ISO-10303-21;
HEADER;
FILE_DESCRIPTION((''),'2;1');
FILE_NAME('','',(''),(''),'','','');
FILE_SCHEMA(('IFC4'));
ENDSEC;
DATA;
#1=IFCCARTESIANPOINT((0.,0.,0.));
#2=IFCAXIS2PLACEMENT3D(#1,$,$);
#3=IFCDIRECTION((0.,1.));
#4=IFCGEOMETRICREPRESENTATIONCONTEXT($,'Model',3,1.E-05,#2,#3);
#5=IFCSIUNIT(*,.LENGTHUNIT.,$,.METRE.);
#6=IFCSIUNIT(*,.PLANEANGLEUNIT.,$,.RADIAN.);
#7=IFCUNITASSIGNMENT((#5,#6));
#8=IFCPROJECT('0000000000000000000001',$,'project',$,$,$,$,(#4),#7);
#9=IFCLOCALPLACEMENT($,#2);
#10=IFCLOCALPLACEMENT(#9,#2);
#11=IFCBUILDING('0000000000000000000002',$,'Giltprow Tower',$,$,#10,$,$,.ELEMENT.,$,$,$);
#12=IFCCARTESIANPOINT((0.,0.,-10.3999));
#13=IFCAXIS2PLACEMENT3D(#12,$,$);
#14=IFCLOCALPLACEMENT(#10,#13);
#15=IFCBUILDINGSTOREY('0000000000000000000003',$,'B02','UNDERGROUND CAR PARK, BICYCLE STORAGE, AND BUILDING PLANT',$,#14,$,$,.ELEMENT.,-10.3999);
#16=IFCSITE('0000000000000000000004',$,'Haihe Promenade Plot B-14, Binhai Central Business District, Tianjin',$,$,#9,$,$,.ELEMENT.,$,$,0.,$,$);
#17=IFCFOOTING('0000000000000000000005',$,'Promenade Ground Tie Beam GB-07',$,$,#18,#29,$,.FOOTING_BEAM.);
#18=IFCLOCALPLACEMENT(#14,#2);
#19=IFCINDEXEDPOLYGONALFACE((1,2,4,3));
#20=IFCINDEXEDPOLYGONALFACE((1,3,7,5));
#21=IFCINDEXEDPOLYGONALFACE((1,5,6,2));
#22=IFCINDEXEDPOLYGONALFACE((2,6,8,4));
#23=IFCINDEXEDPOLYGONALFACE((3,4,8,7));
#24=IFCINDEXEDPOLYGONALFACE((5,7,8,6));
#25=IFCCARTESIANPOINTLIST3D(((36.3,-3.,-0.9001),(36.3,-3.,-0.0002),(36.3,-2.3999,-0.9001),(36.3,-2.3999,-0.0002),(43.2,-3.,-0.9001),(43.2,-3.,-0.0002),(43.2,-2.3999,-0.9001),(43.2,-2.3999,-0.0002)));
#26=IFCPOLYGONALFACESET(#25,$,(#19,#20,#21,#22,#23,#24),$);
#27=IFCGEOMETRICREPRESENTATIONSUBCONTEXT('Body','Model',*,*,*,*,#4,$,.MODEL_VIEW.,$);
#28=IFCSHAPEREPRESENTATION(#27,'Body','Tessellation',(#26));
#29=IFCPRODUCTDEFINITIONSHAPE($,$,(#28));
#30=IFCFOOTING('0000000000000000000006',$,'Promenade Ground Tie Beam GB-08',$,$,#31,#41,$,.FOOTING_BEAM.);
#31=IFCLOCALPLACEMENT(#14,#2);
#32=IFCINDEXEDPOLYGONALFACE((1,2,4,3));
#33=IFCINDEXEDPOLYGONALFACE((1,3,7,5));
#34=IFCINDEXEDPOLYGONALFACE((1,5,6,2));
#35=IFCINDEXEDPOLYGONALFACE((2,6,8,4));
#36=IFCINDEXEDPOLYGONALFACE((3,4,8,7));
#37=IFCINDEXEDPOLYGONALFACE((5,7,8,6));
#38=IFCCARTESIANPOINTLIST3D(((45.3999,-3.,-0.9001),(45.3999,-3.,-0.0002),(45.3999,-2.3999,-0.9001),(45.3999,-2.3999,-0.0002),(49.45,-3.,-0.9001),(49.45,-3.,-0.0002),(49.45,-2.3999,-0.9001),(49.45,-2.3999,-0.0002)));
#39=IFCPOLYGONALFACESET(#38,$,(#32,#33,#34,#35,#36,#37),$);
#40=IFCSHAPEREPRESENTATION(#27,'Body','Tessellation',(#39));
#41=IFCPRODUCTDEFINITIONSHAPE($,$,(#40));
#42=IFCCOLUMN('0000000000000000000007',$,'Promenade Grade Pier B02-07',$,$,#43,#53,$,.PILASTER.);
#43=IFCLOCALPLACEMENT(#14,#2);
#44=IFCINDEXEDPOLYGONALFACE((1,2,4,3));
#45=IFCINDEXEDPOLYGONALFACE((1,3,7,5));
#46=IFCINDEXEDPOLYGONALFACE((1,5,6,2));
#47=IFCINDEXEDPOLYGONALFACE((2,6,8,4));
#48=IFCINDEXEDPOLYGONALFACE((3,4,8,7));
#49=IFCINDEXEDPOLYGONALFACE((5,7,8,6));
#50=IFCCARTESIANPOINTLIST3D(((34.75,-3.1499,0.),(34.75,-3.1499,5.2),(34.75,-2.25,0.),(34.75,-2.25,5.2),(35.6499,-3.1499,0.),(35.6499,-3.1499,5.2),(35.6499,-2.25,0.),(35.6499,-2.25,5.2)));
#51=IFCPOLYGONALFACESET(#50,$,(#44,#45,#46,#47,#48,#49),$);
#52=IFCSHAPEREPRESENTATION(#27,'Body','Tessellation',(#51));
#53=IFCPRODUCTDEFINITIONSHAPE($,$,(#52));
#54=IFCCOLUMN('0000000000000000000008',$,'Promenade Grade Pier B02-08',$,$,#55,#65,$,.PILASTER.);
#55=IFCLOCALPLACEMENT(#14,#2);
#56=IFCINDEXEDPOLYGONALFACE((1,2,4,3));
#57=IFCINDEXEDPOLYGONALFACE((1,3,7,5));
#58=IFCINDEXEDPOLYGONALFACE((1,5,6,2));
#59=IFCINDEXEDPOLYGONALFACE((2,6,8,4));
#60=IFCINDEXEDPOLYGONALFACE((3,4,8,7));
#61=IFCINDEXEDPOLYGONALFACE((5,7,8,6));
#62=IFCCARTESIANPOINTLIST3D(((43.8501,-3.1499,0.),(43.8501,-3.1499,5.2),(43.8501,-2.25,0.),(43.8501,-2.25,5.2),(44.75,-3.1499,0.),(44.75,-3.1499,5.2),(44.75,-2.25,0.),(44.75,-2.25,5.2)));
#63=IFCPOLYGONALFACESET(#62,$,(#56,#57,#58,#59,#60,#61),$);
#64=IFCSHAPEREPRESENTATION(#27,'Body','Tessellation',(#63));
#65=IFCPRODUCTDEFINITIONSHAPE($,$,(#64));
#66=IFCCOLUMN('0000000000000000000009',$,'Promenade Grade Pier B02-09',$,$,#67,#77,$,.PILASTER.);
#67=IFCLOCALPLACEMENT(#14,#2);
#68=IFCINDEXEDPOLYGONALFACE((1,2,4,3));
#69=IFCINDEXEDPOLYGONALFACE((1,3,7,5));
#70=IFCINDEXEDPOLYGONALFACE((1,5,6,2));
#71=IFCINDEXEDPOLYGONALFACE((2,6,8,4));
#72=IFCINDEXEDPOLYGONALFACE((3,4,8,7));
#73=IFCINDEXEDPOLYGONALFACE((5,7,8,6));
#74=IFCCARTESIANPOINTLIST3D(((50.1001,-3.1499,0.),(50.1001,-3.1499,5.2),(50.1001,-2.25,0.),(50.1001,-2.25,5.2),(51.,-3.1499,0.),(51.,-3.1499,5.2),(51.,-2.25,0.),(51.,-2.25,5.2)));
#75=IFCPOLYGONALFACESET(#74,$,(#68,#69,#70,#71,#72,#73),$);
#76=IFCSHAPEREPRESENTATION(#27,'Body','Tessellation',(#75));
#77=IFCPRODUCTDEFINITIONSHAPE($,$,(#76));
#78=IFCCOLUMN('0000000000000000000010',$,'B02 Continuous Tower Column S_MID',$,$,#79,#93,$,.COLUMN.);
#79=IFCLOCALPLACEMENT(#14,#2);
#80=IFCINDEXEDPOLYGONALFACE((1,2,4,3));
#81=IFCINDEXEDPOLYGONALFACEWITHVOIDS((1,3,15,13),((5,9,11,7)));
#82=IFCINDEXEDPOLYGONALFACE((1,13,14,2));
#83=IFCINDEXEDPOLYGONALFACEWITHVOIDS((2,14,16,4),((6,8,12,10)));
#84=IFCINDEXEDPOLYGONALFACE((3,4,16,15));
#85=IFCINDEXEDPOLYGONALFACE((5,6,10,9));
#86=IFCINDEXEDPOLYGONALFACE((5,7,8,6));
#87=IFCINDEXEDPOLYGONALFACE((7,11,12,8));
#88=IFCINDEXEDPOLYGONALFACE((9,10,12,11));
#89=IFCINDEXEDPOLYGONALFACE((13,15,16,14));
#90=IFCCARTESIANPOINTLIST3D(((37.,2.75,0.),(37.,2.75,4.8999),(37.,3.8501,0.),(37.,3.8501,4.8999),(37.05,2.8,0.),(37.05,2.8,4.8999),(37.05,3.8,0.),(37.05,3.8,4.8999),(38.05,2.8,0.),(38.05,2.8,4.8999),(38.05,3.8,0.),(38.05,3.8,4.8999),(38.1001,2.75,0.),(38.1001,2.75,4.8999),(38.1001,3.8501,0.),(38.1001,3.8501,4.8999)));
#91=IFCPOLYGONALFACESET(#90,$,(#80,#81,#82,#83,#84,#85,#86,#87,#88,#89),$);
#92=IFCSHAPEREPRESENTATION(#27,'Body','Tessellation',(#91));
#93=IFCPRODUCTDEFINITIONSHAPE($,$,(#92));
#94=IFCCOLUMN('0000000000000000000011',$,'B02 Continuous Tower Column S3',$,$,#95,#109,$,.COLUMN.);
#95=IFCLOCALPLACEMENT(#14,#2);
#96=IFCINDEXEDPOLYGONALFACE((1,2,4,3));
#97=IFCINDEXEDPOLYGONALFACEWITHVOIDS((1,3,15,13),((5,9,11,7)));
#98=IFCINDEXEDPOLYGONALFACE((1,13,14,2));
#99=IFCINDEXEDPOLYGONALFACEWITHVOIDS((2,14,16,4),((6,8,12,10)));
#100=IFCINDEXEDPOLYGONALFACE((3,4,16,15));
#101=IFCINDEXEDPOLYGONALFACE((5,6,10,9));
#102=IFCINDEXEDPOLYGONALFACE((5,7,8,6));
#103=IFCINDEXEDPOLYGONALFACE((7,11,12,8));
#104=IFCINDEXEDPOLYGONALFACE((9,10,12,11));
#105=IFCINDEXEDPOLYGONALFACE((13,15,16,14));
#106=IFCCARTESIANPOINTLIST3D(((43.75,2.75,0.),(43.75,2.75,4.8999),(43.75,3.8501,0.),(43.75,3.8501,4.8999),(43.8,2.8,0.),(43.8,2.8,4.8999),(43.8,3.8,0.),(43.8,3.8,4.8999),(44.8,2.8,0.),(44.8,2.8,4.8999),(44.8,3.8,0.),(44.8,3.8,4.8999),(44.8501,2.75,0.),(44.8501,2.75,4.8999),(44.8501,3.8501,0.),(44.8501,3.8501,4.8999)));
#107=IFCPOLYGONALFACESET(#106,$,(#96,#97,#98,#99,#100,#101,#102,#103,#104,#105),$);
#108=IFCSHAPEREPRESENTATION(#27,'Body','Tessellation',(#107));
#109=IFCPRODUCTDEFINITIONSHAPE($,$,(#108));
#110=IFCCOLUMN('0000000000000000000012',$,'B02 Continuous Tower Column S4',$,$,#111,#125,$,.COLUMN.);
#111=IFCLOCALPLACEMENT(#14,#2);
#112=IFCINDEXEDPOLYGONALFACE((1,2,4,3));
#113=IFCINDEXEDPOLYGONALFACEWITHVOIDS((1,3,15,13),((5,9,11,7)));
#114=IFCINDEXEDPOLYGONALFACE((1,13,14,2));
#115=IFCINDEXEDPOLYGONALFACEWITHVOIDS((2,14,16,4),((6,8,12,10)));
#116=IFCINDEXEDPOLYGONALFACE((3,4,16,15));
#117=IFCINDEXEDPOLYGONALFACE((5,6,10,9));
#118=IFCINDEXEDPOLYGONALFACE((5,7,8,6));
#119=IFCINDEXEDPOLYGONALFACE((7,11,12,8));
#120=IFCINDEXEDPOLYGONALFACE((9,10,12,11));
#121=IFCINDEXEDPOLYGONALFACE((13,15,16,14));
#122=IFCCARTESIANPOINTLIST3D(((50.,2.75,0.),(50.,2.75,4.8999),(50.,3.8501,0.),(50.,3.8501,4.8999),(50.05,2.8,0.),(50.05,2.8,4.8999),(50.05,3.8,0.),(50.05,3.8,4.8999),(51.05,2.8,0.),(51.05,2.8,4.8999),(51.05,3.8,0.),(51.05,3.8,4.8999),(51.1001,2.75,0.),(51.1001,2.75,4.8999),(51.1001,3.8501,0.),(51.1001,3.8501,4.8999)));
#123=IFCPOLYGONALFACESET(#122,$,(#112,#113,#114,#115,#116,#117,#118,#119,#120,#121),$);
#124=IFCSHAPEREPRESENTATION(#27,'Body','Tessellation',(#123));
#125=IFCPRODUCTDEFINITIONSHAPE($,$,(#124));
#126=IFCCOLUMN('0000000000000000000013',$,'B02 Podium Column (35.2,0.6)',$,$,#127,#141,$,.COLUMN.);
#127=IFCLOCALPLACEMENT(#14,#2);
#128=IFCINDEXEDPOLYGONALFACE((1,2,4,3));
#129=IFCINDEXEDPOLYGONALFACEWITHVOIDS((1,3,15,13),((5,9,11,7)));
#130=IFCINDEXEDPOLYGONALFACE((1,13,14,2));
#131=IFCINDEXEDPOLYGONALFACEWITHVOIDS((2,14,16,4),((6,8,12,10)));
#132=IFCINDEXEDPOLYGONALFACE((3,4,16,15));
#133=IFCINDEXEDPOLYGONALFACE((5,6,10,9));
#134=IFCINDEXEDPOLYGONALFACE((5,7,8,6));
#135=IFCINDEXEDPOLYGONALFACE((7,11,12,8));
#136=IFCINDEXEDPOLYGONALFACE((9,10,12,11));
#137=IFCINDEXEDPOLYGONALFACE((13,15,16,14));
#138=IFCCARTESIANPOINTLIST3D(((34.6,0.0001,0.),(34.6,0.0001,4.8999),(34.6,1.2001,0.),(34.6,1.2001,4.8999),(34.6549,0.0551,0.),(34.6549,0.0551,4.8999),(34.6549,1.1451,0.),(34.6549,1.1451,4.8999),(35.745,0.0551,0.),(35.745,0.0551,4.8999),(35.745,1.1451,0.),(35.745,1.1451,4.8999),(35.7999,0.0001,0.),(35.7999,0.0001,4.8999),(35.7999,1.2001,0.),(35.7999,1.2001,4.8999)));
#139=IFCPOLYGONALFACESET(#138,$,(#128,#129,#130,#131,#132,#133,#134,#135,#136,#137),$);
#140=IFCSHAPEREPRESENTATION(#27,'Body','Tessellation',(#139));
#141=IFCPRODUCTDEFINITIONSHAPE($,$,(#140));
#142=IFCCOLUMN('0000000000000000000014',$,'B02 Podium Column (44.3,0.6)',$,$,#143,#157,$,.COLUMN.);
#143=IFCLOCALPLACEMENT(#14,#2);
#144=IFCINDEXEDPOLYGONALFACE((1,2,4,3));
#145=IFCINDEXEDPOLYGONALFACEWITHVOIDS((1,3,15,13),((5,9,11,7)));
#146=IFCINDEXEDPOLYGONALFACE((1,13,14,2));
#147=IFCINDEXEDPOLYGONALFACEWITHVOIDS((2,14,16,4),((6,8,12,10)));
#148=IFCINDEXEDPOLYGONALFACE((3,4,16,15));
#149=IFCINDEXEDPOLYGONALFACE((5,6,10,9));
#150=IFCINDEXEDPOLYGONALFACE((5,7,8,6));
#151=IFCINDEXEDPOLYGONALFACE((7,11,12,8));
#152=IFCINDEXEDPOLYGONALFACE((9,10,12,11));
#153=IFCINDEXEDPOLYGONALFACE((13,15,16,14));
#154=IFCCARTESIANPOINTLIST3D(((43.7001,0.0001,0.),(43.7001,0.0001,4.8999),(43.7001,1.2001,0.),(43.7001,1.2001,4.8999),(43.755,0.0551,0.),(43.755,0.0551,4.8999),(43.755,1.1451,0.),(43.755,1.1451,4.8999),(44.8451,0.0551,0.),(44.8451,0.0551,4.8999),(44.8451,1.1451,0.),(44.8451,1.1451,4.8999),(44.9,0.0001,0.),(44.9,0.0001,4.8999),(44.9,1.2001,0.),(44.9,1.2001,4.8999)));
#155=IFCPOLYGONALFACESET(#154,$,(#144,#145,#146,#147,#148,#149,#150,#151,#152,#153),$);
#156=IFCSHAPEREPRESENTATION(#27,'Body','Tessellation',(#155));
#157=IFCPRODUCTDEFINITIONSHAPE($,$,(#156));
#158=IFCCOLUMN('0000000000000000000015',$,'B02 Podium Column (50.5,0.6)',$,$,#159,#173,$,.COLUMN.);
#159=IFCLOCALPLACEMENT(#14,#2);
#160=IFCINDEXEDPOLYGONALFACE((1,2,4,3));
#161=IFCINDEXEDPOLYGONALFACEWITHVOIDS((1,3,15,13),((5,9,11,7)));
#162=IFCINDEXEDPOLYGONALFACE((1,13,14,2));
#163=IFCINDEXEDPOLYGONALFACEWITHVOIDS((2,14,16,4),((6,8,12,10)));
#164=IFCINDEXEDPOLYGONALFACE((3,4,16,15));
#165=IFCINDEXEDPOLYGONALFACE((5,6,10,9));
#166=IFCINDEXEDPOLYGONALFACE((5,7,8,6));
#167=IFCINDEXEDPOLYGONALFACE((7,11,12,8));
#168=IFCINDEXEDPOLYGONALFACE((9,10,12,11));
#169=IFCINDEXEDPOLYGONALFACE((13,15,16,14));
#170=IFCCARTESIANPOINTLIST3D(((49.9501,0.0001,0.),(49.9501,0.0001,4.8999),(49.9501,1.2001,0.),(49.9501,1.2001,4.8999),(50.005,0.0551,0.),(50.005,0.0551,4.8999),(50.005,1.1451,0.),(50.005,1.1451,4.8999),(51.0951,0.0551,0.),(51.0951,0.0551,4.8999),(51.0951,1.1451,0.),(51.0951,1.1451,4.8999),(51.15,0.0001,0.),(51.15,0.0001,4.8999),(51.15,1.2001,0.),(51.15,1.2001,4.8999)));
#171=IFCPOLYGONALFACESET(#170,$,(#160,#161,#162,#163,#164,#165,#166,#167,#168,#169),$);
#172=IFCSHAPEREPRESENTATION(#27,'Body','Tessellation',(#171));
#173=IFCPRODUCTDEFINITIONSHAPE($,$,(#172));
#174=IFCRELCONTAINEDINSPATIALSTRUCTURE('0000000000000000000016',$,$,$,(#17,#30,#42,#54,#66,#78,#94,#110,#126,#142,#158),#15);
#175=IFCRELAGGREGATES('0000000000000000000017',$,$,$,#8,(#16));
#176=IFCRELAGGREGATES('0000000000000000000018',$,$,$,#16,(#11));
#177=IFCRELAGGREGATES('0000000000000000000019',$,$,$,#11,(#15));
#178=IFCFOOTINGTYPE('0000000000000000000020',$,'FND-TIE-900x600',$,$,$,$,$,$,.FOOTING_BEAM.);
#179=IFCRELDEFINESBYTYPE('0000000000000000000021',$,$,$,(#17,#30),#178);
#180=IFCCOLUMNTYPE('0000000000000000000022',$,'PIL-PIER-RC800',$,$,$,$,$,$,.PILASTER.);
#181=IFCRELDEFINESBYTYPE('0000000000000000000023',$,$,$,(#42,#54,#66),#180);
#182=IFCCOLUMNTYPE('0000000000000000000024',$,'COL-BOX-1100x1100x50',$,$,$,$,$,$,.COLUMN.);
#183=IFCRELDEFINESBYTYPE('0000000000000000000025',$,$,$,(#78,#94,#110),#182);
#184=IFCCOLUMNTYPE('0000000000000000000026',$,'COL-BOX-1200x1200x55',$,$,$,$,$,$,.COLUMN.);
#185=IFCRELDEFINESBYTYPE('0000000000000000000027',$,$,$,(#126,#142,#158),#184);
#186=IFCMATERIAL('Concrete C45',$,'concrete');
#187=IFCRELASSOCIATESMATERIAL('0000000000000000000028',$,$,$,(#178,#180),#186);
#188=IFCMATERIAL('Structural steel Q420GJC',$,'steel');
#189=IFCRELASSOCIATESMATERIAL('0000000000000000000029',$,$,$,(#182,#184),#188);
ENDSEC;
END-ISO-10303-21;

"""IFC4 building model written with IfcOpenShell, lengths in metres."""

from ifc_helpers import new_model, si_unit, direction, frame, origin, origin_2d, place, context, subcontext, project, spatial, rectangle, hollow_rectangle, extrude, source, transform, mapped, material, material_profile, profile_set, type_object, element, save


model = new_model("IFC4")

# Units and contexts
model_context = context("Model", 3, precision=1e-05, world=origin(), true_north=direction((0.0, 1.0)))
body_context = subcontext(model_context, "Body", "Model", "MODEL_VIEW")
ifc_project = project(units=[si_unit("LENGTHUNIT", "METRE"), si_unit("PLANEANGLEUNIT", "RADIAN")], contexts=[model_context])

# Site, building, storey
site_placement = place(None, origin())
site = spatial("IfcSite", under=ifc_project, at=site_placement, Name="Haihe Promenade Plot B-14, Binhai Central Business District, Tianjin", CompositionType="ELEMENT", RefElevation=0.0)
building_placement = place(site_placement, origin())
building = spatial("IfcBuilding", under=site, at=building_placement, Name="Giltprow Tower", CompositionType="ELEMENT")
storey_placement = place(building_placement, frame((0.0, 0.0, -10.3999)))
storey = spatial("IfcBuildingStorey", under=building, at=storey_placement, Name="B02", Description="UNDERGROUND CAR PARK, BICYCLE STORAGE, AND BUILDING PLANT", CompositionType="ELEMENT", Elevation=-10.3999)

# Shared definitions
ifc_material_1 = material(Name="Concrete C45", Category="concrete")

# Footings
ifc_material_profile_1 = material_profile(ifc_material_1, rectangle(XDim=0.6001, YDim=0.8999, at=origin_2d()), Name="RC 900x600")
ifc_profile_set_1 = profile_set([ifc_material_profile_1], Name="Concrete C45")
footing_type_1 = type_object("IfcFootingType", Name="FND-TIE-900x600", PredefinedType="FOOTING_BEAM", material=ifc_profile_set_1)
shared_shape_1 = source(origin(), body_context, "Body", "SweptSolid", [
    extrude(rectangle(XDim=0.6001, YDim=0.8999, at=origin_2d()), origin(), (0.0, 0.0, 1.0), 6.8999),
])
footing_1_placement = place(storey_placement, frame((36.3, -2.7, -0.4502), z_axis=(1.0, 0.0, 0.0), x_axis=(0.0, 1.0, 0.0)))
element("IfcFooting", 1, at=footing_1_placement, inside=storey, type_object=footing_type_1, Name="Promenade Ground Tie Beam GB-07", PredefinedType="FOOTING_BEAM", context=body_context, shape_type="MappedRepresentation", body=[
    mapped(shared_shape_1, transform((0.0, 0.0, 0.0), x_axis=(1.0, 0.0, 0.0), y_axis=(0.0, 1.0, 0.0), z_axis=(0.0, 0.0, 1.0), scale=1.0)),
])
shared_shape_2 = source(origin(), body_context, "Body", "SweptSolid", [
    extrude(rectangle(XDim=0.6001, YDim=0.8999, at=origin_2d()), origin(), (0.0, 0.0, 1.0), 4.05),
])
footing_2_placement = place(storey_placement, frame((45.3999, -2.7, -0.4502), z_axis=(1.0, 0.0, 0.0), x_axis=(0.0, 1.0, 0.0)))
element("IfcFooting", 2, at=footing_2_placement, inside=storey, type_object=footing_type_1, Name="Promenade Ground Tie Beam GB-08", PredefinedType="FOOTING_BEAM", context=body_context, shape_type="MappedRepresentation", body=[
    mapped(shared_shape_2, transform((0.0, 0.0, 0.0), x_axis=(1.0, 0.0, 0.0), y_axis=(0.0, 1.0, 0.0), z_axis=(0.0, 0.0, 1.0), scale=1.0)),
])

# Columns
ifc_material_profile_2 = material_profile(ifc_material_1, rectangle(XDim=0.8999, YDim=0.8999, at=origin_2d()), Name="RC 900x900")
ifc_profile_set_2 = profile_set([ifc_material_profile_2], Name="Concrete C45")
column_type_1 = type_object("IfcColumnType", Name="PIL-PIER-RC800", PredefinedType="PILASTER", material=ifc_profile_set_2)
shared_shape_3 = source(origin(), body_context, "Body", "SweptSolid", [
    extrude(rectangle(XDim=0.8999, YDim=0.8999, at=origin_2d()), origin(), (0.0, 0.0, 1.0), 5.2),
])
for number, where, z_axis, x_axis, name in (
    (3, (35.2, -2.7, 0.0), (0.0, 0.0, 1.0), (1.0, 0.0, 0.0), "Promenade Grade Pier B02-07"),
    (4, (44.3, -2.7, 0.0), (0.0, 0.0, 1.0), (1.0, 0.0, 0.0), "Promenade Grade Pier B02-08"),
    (5, (50.55, -2.7, 0.0), (0.0, 0.0, 1.0), (1.0, 0.0, 0.0), "Promenade Grade Pier B02-09"),
):
    element("IfcColumn", number, at=place(storey_placement, frame(where, z_axis=z_axis, x_axis=x_axis)), inside=storey, type_object=column_type_1, Name=name, PredefinedType="PILASTER", context=body_context, shape_type="MappedRepresentation", body=[
        mapped(shared_shape_3, transform((0.0, 0.0, 0.0), x_axis=(1.0, 0.0, 0.0), y_axis=(0.0, 1.0, 0.0), z_axis=(0.0, 0.0, 1.0), scale=1.0)),
    ])
ifc_material_2 = material(Name="Structural steel Q420GJC", Category="steel")
ifc_material_profile_3 = material_profile(ifc_material_2, hollow_rectangle(XDim=1.1001, YDim=1.1001, WallThickness=0.05, at=origin_2d()), Name="BOX 1100x1100x50")
ifc_profile_set_3 = profile_set([ifc_material_profile_3], Name="Structural steel Q420GJC")
column_type_2 = type_object("IfcColumnType", Name="COL-BOX-1100x1100x50", PredefinedType="COLUMN", material=ifc_profile_set_3)
shared_shape_4 = source(origin(), body_context, "Body", "SweptSolid", [
    extrude(hollow_rectangle(XDim=1.1001, YDim=1.1001, WallThickness=0.05, at=origin_2d()), origin(), (0.0, 0.0, 1.0), 4.8999),
])
for number, where, z_axis, x_axis, name in (
    (6, (37.55, 3.3, 0.0), (0.0, 0.0, 1.0), (1.0, 0.0, 0.0), "B02 Continuous Tower Column S_MID"),
    (7, (44.3, 3.3, 0.0), (0.0, 0.0, 1.0), (1.0, 0.0, 0.0), "B02 Continuous Tower Column S3"),
    (8, (50.55, 3.3, 0.0), (0.0, 0.0, 1.0), (1.0, 0.0, 0.0), "B02 Continuous Tower Column S4"),
):
    element("IfcColumn", number, at=place(storey_placement, frame(where, z_axis=z_axis, x_axis=x_axis)), inside=storey, type_object=column_type_2, Name=name, PredefinedType="COLUMN", context=body_context, shape_type="MappedRepresentation", body=[
        mapped(shared_shape_4, transform((0.0, 0.0, 0.0), x_axis=(1.0, 0.0, 0.0), y_axis=(0.0, 1.0, 0.0), z_axis=(0.0, 0.0, 1.0), scale=1.0)),
    ])
ifc_material_profile_4 = material_profile(ifc_material_2, hollow_rectangle(XDim=1.2, YDim=1.2, WallThickness=0.0549, at=origin_2d()), Name="BOX 1200x1200x55")
ifc_profile_set_4 = profile_set([ifc_material_profile_4], Name="Structural steel Q420GJC")
column_type_3 = type_object("IfcColumnType", Name="COL-BOX-1200x1200x55", PredefinedType="COLUMN", material=ifc_profile_set_4)
shared_shape_5 = source(origin(), body_context, "Body", "SweptSolid", [
    extrude(hollow_rectangle(XDim=1.2, YDim=1.2, WallThickness=0.0549, at=origin_2d()), origin(), (0.0, 0.0, 1.0), 4.8999),
])
for number, where, z_axis, x_axis, name in (
    (9, (35.2, 0.6001, 0.0), (0.0, 0.0, 1.0), (1.0, 0.0, 0.0), "B02 Podium Column (35.2,0.6)"),
    (10, (44.3, 0.6001, 0.0), (0.0, 0.0, 1.0), (1.0, 0.0, 0.0), "B02 Podium Column (44.3,0.6)"),
    (11, (50.55, 0.6001, 0.0), (0.0, 0.0, 1.0), (1.0, 0.0, 0.0), "B02 Podium Column (50.5,0.6)"),
):
    element("IfcColumn", number, at=place(storey_placement, frame(where, z_axis=z_axis, x_axis=x_axis)), inside=storey, type_object=column_type_3, Name=name, PredefinedType="COLUMN", context=body_context, shape_type="MappedRepresentation", body=[
        mapped(shared_shape_5, transform((0.0, 0.0, 0.0), x_axis=(1.0, 0.0, 0.0), y_axis=(0.0, 1.0, 0.0), z_axis=(0.0, 0.0, 1.0), scale=1.0)),
    ])

save(model, "model.ifc")
